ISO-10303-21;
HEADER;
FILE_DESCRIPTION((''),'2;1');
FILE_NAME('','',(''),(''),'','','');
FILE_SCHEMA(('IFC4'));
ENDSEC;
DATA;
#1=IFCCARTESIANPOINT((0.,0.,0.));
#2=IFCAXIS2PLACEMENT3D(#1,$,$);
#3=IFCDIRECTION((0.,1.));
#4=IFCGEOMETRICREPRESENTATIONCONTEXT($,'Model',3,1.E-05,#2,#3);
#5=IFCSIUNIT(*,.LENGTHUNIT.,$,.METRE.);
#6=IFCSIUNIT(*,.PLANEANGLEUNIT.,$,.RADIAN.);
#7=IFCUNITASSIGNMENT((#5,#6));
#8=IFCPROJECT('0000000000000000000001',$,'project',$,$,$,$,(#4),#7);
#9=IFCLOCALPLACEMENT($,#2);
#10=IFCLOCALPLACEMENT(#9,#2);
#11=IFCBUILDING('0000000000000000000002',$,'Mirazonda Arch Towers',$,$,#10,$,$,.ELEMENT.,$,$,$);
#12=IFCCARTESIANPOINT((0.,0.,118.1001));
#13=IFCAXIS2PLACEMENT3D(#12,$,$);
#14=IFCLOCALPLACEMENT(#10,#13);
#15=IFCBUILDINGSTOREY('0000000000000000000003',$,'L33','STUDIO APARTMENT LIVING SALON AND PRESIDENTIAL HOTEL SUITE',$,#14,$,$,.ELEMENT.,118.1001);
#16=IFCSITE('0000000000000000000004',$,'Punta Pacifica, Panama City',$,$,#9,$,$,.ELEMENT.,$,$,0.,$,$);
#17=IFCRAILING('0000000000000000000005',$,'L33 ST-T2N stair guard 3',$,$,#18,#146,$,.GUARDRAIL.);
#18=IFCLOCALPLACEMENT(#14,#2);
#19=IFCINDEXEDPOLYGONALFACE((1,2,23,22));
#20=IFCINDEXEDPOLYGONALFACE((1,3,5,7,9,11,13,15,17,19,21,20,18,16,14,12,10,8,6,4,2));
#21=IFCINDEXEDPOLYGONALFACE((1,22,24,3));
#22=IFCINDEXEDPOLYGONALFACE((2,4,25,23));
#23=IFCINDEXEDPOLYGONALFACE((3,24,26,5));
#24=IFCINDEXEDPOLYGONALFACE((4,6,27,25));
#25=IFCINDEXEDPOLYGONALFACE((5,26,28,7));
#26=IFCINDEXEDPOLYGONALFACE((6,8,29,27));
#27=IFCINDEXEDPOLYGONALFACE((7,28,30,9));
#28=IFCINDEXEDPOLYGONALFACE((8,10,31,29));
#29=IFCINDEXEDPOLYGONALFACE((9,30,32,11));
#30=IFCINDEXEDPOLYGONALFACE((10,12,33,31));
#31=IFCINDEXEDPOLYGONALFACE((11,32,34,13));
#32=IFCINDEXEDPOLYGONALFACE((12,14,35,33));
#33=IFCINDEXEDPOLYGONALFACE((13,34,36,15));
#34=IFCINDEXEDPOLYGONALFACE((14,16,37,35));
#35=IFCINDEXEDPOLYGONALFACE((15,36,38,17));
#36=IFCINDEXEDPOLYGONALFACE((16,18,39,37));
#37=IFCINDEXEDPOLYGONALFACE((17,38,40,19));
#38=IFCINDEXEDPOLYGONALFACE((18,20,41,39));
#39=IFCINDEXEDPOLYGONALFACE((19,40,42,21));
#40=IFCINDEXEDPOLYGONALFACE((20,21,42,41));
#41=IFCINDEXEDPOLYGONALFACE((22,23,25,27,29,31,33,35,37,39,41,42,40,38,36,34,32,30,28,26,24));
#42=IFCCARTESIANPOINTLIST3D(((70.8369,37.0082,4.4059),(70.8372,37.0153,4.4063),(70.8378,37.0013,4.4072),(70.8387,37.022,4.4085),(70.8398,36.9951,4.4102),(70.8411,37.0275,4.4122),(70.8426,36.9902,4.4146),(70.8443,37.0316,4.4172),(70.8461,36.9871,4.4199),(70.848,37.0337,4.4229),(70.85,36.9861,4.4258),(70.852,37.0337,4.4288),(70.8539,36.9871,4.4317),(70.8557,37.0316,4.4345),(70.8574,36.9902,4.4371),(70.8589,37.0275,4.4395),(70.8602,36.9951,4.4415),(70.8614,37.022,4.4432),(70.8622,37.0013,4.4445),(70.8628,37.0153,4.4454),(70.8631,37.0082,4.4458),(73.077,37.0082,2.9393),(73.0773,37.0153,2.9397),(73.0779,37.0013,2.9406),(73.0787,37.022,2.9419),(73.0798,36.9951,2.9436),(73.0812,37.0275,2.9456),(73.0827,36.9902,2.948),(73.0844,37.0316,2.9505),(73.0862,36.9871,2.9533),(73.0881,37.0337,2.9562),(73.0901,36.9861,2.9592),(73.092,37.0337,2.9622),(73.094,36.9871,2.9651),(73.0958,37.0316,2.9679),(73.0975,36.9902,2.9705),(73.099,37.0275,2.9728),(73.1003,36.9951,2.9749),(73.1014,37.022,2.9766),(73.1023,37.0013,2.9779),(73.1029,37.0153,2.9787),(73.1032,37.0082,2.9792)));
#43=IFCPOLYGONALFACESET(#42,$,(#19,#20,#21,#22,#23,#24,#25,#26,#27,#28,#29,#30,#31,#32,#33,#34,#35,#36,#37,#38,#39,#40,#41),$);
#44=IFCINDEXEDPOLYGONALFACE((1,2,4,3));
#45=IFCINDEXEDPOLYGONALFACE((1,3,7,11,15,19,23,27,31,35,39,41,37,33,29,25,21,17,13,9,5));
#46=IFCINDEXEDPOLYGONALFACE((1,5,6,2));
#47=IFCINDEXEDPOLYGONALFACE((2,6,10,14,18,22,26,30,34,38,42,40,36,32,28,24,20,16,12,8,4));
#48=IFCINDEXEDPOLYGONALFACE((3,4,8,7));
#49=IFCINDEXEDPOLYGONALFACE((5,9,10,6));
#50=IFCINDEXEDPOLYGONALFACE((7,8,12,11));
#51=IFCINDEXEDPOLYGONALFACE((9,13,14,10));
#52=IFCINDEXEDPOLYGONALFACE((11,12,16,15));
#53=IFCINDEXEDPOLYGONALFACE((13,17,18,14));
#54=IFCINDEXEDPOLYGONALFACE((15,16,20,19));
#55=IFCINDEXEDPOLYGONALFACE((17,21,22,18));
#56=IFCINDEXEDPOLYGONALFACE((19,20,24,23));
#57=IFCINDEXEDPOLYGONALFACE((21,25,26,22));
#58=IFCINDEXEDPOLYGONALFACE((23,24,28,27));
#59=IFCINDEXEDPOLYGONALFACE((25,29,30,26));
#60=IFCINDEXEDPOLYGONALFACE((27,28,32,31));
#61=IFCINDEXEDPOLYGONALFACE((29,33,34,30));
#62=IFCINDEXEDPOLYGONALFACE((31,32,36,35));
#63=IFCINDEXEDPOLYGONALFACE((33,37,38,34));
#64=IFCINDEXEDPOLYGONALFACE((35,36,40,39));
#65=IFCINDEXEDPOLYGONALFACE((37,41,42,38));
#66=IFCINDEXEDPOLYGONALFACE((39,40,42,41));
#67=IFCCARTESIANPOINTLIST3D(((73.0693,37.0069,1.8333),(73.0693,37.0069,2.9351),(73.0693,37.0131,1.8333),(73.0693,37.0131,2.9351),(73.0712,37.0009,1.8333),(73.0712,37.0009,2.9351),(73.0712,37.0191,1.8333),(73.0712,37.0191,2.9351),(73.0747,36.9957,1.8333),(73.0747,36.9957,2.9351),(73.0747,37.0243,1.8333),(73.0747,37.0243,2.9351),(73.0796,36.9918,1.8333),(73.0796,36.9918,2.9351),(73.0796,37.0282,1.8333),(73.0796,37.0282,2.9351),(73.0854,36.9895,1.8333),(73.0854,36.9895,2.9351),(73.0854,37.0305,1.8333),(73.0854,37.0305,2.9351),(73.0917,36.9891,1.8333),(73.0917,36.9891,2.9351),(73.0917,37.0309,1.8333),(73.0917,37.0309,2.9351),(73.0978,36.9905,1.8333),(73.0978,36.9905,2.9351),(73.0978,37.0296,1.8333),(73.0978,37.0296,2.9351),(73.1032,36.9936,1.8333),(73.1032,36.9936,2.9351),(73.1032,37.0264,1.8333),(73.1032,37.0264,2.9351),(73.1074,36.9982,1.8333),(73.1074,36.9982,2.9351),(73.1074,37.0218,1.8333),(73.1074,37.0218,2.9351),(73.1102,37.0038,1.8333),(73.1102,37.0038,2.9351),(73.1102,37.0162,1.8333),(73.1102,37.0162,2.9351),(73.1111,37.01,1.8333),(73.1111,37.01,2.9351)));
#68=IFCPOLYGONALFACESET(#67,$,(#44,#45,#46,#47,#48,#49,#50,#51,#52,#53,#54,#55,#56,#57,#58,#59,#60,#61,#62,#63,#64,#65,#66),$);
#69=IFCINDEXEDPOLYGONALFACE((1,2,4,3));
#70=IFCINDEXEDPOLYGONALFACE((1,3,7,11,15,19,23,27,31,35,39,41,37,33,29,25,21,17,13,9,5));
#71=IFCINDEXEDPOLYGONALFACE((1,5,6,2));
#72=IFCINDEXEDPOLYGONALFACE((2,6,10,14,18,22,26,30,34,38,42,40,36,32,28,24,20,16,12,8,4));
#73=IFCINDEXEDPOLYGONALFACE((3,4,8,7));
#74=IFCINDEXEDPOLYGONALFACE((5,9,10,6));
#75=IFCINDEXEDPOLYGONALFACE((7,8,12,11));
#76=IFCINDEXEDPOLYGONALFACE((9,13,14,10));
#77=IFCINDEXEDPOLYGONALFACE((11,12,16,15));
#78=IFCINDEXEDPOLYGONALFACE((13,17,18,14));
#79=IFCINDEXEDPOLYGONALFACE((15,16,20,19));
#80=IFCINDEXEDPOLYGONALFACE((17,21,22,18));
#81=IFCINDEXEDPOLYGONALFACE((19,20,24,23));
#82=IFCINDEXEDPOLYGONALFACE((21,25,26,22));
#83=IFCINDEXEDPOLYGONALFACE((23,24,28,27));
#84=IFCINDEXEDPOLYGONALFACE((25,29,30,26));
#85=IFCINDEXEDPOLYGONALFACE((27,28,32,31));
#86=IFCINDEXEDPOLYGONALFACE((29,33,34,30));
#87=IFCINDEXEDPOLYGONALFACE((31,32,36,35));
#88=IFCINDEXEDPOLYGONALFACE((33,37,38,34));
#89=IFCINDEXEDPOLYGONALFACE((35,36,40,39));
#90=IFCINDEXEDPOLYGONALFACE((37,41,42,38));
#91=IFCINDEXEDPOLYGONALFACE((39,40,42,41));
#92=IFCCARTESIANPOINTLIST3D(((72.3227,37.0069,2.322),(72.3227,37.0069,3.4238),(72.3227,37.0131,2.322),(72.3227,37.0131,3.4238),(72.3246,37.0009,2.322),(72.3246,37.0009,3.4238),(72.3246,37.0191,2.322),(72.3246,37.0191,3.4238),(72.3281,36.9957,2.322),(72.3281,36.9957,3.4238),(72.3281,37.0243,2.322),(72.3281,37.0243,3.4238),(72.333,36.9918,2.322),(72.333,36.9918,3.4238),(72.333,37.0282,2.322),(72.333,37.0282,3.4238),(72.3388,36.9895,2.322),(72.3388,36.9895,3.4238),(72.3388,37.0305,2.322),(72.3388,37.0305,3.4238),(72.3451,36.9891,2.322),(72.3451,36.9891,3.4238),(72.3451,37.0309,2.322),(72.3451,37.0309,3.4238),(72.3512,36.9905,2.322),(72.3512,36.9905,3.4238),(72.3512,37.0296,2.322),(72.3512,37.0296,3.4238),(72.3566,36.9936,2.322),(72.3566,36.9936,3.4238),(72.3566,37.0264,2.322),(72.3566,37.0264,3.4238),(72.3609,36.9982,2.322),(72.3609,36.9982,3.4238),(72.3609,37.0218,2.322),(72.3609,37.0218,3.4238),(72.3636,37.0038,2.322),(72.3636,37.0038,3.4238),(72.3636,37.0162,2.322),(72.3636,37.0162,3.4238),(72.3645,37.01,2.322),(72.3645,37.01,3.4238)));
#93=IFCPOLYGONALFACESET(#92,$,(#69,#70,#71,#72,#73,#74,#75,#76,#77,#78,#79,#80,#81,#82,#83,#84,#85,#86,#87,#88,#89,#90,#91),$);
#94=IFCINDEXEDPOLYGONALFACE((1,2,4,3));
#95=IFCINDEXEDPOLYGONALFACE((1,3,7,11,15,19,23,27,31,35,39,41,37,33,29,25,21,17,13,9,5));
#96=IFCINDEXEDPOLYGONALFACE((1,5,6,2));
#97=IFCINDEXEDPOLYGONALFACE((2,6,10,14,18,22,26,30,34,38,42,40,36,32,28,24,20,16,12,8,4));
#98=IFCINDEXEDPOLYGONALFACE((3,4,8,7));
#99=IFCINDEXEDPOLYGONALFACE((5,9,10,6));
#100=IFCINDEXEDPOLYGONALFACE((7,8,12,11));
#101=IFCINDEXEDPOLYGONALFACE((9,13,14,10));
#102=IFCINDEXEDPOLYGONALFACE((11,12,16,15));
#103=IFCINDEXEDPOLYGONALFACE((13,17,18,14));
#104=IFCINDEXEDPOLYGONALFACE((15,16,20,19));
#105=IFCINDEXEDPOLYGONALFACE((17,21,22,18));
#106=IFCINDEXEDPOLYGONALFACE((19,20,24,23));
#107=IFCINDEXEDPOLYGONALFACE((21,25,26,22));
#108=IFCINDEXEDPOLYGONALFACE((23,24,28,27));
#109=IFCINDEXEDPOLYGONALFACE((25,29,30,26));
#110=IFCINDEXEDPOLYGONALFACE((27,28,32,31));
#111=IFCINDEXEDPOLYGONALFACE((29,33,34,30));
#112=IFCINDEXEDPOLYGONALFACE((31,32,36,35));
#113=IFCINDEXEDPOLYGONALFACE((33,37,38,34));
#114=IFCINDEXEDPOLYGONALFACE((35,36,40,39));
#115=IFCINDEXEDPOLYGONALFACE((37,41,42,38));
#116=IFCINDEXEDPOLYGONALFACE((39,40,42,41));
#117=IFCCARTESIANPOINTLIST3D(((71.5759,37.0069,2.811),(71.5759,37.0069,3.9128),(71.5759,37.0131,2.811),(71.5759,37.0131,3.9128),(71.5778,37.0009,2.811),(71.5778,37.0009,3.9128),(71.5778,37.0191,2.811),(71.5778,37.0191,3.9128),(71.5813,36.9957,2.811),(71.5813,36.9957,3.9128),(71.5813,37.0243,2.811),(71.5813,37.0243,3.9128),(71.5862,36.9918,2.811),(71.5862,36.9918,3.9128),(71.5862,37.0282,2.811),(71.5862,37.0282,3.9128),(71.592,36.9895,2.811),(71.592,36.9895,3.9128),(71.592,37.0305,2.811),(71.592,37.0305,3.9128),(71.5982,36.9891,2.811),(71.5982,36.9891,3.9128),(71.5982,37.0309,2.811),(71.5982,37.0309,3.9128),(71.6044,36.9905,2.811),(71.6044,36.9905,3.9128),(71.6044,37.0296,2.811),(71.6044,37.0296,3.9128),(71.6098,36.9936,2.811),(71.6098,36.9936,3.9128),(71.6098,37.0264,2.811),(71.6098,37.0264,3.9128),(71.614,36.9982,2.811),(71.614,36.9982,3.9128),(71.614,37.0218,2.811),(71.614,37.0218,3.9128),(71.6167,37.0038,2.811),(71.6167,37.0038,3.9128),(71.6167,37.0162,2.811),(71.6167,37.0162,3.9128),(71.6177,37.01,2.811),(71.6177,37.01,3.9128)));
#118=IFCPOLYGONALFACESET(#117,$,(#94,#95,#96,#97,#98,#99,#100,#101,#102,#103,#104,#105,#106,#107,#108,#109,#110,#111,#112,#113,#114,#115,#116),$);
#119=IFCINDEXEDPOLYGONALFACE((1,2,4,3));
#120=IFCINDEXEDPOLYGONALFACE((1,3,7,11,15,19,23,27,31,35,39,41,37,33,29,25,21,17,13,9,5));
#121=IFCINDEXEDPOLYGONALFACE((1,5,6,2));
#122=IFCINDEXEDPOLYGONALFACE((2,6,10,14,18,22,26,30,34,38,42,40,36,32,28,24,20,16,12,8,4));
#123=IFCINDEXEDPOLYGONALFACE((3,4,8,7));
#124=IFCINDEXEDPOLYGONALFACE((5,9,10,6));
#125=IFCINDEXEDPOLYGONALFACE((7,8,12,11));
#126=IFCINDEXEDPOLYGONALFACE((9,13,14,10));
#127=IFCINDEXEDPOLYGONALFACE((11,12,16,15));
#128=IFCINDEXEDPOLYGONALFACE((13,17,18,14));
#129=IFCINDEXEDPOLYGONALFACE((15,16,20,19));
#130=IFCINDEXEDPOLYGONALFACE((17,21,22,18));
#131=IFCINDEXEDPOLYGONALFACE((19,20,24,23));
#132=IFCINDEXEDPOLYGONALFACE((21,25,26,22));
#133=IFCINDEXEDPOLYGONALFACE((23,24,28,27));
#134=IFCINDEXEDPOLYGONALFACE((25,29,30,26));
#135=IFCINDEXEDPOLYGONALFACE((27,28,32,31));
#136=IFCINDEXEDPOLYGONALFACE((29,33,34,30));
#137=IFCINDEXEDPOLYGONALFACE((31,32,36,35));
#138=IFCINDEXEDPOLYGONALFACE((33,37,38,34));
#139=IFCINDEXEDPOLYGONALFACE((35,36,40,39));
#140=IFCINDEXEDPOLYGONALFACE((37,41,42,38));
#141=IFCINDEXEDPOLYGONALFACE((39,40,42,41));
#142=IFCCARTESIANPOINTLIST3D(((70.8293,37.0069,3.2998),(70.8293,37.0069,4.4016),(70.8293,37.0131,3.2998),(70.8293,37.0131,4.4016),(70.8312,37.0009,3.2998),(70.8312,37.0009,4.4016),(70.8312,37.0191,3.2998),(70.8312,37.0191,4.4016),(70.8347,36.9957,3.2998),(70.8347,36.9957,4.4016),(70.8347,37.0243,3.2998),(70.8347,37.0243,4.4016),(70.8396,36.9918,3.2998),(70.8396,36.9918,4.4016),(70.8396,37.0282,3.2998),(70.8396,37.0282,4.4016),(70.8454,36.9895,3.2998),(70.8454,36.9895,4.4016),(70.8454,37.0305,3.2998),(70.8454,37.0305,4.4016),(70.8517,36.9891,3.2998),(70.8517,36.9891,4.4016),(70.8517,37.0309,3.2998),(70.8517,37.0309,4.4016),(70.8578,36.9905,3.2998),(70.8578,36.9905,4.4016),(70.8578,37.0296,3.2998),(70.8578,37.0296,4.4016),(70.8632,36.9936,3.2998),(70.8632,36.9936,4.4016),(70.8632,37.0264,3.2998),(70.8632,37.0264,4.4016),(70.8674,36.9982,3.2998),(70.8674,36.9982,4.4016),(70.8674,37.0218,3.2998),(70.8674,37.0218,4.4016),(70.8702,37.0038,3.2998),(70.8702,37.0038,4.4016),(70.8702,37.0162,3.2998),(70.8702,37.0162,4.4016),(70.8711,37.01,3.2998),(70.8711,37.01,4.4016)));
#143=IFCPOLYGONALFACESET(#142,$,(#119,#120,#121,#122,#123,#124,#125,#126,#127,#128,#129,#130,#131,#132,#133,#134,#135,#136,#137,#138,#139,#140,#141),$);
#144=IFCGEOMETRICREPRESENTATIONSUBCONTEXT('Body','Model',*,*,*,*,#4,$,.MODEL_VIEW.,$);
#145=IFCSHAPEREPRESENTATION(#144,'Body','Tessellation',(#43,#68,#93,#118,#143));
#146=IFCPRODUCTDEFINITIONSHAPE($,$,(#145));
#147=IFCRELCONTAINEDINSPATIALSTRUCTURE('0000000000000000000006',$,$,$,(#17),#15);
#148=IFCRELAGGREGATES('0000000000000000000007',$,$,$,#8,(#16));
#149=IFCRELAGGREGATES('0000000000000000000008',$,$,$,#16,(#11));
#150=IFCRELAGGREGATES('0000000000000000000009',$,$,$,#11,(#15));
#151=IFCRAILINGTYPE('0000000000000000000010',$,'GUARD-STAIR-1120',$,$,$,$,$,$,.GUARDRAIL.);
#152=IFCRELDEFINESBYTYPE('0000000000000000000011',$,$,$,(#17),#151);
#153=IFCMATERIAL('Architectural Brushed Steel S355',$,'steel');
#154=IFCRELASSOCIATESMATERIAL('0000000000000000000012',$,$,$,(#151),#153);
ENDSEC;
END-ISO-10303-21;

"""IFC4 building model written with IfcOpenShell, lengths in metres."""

from ifc_helpers import new_model, si_unit, direction, frame, origin, origin_2d, place, context, subcontext, project, spatial, circle, extrude, material, type_object, element, save


model = new_model("IFC4")

# Units and contexts
model_context = context("Model", 3, precision=1e-05, world=origin(), true_north=direction((0.0, 1.0)))
body_context = subcontext(model_context, "Body", "Model", "MODEL_VIEW")
ifc_project = project(units=[si_unit("LENGTHUNIT", "METRE"), si_unit("PLANEANGLEUNIT", "RADIAN")], contexts=[model_context])

# Site, building, storey
site_placement = place(None, origin())
site = spatial("IfcSite", under=ifc_project, at=site_placement, Name="Punta Pacifica, Panama City", CompositionType="ELEMENT", RefElevation=0.0)
building_placement = place(site_placement, origin())
building = spatial("IfcBuilding", under=site, at=building_placement, Name="Mirazonda Arch Towers", CompositionType="ELEMENT")
storey_placement = place(building_placement, frame((0.0, 0.0, 118.1001)))
storey = spatial("IfcBuildingStorey", under=building, at=storey_placement, Name="L33", Description="STUDIO APARTMENT LIVING SALON AND PRESIDENTIAL HOTEL SUITE", CompositionType="ELEMENT", Elevation=118.1001)

# Shared definitions
ifc_material_1 = material(Name="Architectural Brushed Steel S355", Category="steel")

# Railing
railing_type_1 = type_object("IfcRailingType", Name="GUARD-STAIR-1120", PredefinedType="GUARDRAIL", material=ifc_material_1)
railing_1_placement = place(storey_placement, frame((73.0901, 37.01, 1.8333)))
element("IfcRailing", 1, at=railing_1_placement, inside=storey, type_object=railing_type_1, Name="L33 ST-T2N stair guard 3", PredefinedType="GUARDRAIL", context=body_context, shape_type="SweptSolid", body=[
    extrude(circle(Radius=0.0239, at=origin_2d()), frame((0.0, 0.0, 1.126), z_axis=(-0.836637, 0.0, 0.547758), x_axis=(0.0, -1.0, 0.0)), (0.0, 0.0, 1.0), 2.6775),
    extrude(circle(Radius=0.021, at=origin_2d()), origin(), (0.0, 0.0, 1.0), 1.1018),
    extrude(circle(Radius=0.021, at=origin_2d()), frame((-0.7466, 0.0, 0.4888)), (0.0, 0.0, 1.0), 1.1018),
    extrude(circle(Radius=0.021, at=origin_2d()), frame((-1.4934, 0.0, 0.9778)), (0.0, 0.0, 1.0), 1.1018),
    extrude(circle(Radius=0.021, at=origin_2d()), frame((-2.24, 0.0, 1.4666)), (0.0, 0.0, 1.0), 1.1018),
])

save(model, "model.ifc")
